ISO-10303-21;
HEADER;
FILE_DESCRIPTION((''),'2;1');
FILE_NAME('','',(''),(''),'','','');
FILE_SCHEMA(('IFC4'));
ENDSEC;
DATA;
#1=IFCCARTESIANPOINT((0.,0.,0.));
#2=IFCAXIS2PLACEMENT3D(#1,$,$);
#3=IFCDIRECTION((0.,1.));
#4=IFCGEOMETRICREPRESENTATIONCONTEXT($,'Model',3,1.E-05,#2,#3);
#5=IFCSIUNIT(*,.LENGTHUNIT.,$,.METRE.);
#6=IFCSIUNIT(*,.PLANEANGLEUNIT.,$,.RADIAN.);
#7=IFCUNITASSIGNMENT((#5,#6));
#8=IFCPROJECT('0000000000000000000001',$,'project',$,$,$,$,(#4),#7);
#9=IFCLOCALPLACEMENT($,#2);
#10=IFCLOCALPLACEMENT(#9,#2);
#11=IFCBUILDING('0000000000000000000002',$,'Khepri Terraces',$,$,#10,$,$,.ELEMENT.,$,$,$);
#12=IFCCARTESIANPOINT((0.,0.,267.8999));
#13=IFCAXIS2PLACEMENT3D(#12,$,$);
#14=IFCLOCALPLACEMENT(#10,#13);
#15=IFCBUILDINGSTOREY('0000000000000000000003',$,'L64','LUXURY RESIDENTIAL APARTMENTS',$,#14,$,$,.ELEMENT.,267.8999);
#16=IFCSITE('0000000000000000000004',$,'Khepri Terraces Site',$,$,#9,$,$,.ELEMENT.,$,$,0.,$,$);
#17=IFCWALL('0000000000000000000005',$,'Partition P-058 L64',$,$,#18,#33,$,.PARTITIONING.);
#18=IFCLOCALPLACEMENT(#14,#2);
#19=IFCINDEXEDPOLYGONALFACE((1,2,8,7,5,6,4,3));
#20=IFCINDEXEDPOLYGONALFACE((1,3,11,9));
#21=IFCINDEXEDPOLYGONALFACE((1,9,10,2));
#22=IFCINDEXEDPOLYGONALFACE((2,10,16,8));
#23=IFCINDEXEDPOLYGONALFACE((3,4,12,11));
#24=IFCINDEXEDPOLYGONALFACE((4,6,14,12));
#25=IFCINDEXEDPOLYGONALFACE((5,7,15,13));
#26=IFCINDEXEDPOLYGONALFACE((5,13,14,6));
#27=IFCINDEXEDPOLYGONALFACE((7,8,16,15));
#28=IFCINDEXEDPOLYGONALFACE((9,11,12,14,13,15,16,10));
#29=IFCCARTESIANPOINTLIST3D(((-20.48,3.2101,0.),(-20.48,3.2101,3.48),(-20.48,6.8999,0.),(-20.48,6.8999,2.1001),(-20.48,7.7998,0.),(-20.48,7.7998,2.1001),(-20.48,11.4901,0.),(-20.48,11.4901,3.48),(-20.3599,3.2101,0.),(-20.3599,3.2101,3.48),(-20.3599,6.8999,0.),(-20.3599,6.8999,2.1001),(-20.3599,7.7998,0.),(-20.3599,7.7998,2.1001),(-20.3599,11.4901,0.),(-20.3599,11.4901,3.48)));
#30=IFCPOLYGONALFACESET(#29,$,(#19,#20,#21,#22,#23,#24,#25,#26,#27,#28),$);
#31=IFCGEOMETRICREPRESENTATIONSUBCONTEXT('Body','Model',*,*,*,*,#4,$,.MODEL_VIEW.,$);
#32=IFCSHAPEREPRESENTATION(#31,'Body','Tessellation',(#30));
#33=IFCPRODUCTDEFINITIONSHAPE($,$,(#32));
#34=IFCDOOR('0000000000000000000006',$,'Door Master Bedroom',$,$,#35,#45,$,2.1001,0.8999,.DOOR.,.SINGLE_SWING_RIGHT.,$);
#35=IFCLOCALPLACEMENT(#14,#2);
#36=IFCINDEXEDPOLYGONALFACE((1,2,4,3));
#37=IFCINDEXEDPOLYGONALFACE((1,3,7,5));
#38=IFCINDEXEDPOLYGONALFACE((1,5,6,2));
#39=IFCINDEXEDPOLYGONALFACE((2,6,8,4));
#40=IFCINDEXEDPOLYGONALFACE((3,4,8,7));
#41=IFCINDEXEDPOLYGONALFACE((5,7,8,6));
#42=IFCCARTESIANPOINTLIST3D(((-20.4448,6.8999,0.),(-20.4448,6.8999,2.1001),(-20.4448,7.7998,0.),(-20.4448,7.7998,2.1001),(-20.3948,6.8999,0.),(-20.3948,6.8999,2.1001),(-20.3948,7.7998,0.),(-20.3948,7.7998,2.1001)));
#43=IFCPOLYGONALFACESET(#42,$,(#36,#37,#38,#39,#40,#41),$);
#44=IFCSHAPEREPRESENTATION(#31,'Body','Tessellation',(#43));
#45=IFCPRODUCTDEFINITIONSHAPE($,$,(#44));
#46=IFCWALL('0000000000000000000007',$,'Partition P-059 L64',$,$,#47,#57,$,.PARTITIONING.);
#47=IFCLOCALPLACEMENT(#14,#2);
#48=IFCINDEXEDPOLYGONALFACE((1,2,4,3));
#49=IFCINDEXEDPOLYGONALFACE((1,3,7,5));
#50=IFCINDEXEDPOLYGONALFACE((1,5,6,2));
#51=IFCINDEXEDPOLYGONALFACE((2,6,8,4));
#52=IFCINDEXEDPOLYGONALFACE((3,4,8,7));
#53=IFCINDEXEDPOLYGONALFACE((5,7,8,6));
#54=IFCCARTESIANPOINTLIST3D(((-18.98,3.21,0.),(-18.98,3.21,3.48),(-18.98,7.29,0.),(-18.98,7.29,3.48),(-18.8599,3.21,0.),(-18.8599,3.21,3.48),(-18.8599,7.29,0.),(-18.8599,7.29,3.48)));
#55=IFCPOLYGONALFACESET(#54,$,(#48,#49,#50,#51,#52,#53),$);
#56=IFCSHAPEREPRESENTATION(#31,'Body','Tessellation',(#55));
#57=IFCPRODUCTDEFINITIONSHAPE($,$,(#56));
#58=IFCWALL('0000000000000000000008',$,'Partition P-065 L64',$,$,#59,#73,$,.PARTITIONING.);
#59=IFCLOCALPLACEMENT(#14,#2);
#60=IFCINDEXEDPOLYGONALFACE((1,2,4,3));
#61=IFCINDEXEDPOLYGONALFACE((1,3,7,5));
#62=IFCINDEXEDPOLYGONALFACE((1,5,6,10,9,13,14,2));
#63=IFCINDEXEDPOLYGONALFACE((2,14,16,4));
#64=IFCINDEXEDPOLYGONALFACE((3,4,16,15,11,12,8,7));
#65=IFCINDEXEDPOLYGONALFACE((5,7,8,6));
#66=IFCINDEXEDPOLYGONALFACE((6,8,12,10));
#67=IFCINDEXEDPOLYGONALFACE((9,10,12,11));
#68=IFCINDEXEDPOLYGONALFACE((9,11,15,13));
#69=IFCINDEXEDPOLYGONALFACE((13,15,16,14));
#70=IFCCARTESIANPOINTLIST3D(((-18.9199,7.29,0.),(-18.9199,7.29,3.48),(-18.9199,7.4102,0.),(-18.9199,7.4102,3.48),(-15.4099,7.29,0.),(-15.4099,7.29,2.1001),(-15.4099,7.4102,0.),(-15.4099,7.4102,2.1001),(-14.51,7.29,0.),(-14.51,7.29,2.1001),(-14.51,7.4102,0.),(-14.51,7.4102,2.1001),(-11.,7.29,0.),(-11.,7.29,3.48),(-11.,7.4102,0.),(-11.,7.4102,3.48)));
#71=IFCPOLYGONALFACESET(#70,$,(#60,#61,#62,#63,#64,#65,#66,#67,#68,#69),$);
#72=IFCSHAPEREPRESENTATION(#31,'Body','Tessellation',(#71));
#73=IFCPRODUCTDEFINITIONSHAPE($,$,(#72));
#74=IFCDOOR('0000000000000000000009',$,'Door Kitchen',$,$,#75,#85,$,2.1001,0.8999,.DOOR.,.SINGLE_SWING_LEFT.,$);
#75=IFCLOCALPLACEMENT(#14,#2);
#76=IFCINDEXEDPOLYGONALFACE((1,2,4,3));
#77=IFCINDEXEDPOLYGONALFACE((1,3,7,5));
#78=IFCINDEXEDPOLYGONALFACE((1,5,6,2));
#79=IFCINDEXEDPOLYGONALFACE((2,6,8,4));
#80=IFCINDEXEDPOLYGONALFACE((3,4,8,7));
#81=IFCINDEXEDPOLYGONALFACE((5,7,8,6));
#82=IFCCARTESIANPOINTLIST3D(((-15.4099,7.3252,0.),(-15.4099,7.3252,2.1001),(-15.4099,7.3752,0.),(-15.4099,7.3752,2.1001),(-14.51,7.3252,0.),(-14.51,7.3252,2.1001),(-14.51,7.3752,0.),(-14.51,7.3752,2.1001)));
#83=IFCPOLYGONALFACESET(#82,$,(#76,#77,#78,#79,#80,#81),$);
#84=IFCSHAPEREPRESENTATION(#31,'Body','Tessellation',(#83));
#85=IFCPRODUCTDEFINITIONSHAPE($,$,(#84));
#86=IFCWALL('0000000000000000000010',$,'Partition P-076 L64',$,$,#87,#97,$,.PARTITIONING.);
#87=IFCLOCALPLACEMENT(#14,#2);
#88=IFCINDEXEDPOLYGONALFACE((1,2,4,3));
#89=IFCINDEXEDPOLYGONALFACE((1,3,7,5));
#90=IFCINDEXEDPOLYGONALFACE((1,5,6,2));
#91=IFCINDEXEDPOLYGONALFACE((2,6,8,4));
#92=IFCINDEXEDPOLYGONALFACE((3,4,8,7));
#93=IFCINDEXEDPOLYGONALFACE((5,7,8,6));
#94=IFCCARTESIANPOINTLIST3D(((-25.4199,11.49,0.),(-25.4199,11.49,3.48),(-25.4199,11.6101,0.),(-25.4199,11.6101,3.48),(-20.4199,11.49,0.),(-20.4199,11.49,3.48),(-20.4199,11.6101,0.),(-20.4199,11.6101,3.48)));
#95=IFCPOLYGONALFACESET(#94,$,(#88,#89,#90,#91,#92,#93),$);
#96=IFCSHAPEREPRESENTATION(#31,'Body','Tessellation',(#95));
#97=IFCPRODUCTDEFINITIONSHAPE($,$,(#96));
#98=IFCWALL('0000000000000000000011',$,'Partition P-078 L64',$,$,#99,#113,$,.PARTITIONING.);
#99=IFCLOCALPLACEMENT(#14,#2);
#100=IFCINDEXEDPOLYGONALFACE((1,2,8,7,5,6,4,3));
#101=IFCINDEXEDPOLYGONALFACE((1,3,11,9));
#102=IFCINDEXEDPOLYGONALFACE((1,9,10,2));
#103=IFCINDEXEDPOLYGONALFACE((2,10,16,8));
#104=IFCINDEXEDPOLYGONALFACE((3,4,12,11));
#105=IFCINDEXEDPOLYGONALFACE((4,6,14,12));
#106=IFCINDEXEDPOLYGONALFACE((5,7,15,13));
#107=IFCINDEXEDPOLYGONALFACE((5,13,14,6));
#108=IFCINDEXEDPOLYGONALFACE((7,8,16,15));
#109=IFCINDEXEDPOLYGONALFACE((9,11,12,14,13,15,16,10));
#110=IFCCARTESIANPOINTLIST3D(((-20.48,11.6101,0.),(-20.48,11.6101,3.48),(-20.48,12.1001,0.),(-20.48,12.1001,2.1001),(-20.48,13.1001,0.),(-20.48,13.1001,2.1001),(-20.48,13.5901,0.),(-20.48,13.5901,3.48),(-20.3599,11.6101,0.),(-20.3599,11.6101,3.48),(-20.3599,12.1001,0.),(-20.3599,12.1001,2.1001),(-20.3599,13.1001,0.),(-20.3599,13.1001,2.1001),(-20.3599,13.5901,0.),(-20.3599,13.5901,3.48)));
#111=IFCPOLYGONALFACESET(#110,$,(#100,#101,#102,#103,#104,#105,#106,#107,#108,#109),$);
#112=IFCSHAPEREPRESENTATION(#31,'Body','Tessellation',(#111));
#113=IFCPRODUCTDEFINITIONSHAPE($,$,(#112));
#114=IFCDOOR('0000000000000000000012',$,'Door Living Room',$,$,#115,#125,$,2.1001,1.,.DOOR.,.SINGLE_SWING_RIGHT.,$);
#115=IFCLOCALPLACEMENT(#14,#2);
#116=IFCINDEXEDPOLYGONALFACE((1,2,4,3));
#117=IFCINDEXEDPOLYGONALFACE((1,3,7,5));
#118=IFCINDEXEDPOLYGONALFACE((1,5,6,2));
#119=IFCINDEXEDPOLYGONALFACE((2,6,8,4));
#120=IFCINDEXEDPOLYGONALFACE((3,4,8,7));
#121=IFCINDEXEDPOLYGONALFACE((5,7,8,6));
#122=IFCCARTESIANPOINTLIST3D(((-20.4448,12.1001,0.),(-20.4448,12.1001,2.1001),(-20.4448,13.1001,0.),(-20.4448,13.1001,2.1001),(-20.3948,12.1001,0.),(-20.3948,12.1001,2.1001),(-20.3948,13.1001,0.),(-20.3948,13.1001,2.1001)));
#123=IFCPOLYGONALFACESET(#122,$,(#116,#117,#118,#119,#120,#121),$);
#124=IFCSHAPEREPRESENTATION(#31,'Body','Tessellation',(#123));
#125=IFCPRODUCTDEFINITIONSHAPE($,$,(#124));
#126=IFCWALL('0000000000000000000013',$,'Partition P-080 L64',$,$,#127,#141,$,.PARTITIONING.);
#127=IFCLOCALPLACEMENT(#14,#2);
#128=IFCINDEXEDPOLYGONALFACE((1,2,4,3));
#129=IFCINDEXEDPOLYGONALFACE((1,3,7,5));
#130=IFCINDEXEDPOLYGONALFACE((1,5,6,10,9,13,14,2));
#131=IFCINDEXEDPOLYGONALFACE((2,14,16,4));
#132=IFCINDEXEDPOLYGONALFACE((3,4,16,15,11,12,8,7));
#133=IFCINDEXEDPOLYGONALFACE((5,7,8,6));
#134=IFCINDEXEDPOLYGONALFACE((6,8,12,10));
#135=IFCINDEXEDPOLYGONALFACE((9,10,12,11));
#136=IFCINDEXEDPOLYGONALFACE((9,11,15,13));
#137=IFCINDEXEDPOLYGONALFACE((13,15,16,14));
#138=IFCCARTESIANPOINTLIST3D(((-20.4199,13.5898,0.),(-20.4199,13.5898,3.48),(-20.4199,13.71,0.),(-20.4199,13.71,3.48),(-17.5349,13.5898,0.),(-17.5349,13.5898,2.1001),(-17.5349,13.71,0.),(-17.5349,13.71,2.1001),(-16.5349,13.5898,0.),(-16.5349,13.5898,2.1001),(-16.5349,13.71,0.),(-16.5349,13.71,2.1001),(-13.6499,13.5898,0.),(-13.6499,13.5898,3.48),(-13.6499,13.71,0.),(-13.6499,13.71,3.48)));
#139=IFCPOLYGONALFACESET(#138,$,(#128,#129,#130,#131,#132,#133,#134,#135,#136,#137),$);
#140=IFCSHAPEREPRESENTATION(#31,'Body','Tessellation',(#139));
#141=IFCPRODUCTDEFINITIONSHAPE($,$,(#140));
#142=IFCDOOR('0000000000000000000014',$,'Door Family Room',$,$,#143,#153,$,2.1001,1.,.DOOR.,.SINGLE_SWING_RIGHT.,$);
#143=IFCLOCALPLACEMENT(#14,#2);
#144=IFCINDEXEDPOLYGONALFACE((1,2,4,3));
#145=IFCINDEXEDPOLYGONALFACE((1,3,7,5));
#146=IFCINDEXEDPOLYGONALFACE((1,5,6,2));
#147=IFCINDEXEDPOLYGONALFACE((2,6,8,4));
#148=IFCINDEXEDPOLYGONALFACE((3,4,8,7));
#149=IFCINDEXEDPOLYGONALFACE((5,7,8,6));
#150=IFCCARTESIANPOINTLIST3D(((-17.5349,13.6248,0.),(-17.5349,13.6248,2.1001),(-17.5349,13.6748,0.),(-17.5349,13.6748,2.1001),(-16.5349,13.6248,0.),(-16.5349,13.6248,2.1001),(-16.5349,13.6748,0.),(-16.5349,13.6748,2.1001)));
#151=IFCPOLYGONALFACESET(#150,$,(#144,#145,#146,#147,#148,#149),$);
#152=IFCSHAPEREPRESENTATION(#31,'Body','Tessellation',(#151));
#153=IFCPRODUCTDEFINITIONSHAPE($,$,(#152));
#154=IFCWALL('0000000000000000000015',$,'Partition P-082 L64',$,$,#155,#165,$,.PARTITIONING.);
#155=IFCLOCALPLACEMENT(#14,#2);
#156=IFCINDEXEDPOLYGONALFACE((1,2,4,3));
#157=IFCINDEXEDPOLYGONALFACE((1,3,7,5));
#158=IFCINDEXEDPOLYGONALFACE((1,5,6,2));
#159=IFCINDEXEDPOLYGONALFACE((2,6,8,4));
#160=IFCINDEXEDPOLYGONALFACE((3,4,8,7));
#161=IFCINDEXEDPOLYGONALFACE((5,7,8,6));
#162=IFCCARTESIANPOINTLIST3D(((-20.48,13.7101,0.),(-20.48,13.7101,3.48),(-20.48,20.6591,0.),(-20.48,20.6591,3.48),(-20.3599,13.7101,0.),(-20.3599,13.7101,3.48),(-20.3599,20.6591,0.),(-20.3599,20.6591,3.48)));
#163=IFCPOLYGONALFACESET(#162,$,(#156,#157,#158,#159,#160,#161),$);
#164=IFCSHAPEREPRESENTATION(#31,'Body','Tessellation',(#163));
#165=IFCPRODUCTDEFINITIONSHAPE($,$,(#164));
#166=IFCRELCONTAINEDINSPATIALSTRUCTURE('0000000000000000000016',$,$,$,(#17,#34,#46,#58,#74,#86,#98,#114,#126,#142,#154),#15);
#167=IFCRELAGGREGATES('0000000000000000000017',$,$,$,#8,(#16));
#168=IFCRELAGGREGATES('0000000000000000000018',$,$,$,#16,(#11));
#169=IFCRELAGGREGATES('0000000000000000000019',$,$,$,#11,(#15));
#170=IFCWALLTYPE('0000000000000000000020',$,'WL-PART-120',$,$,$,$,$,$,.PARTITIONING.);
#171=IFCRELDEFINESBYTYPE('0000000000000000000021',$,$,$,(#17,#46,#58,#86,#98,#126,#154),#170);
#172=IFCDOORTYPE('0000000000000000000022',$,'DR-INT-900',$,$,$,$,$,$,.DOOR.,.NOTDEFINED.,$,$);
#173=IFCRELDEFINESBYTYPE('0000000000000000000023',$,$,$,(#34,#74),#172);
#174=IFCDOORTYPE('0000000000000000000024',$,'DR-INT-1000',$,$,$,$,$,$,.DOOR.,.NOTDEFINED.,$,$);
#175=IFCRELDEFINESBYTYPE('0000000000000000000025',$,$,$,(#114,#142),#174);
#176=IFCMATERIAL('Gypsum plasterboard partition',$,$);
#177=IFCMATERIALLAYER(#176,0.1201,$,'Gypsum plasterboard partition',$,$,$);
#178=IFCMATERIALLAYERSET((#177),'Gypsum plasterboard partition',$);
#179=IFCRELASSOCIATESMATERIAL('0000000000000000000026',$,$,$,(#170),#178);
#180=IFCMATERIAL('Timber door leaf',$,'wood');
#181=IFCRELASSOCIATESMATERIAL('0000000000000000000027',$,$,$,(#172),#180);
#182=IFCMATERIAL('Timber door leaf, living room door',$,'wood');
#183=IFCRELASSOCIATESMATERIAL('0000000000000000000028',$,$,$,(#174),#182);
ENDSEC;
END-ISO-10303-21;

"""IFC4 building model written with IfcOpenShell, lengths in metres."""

from ifc_helpers import new_model, si_unit, direction, frame, frame_2d, origin, place, context, subcontext, project, spatial, rectangle, extrude, material, layer, layer_set, type_object, element, fill, save


model = new_model("IFC4")

# Units and contexts
model_context = context("Model", 3, precision=1e-05, world=origin(), true_north=direction((0.0, 1.0)))
body_context = subcontext(model_context, "Body", "Model", "MODEL_VIEW")
ifc_project = project(units=[si_unit("LENGTHUNIT", "METRE"), si_unit("PLANEANGLEUNIT", "RADIAN")], contexts=[model_context])

# Site, building, storey
site_placement = place(None, origin())
site = spatial("IfcSite", under=ifc_project, at=site_placement, Name="Khepri Terraces Site", CompositionType="ELEMENT", RefElevation=0.0)
building_placement = place(site_placement, origin())
building = spatial("IfcBuilding", under=site, at=building_placement, Name="Khepri Terraces", CompositionType="ELEMENT")
storey_placement = place(building_placement, frame((0.0, 0.0, 267.8999)))
storey = spatial("IfcBuildingStorey", under=building, at=storey_placement, Name="L64", Description="LUXURY RESIDENTIAL APARTMENTS", CompositionType="ELEMENT", Elevation=267.8999)

# Shared definitions
ifc_material_1 = material(Name="Gypsum plasterboard partition")
ifc_layer_1 = layer(ifc_material_1, 0.1201, Name="Gypsum plasterboard partition")
ifc_layer_set_1 = layer_set([ifc_layer_1], Name="Gypsum plasterboard partition")
wall_type_1 = type_object("IfcWallType", Name="WL-PART-120", PredefinedType="PARTITIONING", material=ifc_layer_set_1)

# Shared definitions
ifc_material_2 = material(Name="Timber door leaf", Category="wood")
door_type_1 = type_object("IfcDoorType", Name="DR-INT-900", OperationType="NOTDEFINED", PredefinedType="DOOR", material=ifc_material_2)

# Wall, opening, door
wall_1_placement = place(storey_placement, frame((-20.4199, 3.21, 0.0), z_axis=(0.0, 0.0, 1.0), x_axis=(0.0, 1.0, 0.0)))
wall_1 = element("IfcWall", 1, at=wall_1_placement, inside=storey, type_object=wall_type_1, Name="Partition P-058 L64", PredefinedType="PARTITIONING", context=body_context, shape_type="SweptSolid", body=[
    extrude(rectangle(XDim=8.28, YDim=0.1201, at=frame_2d((4.1401, 0.0))), origin(), (0.0, 0.0, 1.0), 3.48),
])
opening_1_placement = place(wall_1_placement, frame((3.6899, 0.0, 0.0)))
opening_1 = element("IfcOpeningElement", 2, at=opening_1_placement, cuts=wall_1, PredefinedType="OPENING", context=body_context, shape_type="SweptSolid", body=[
    extrude(rectangle(XDim=0.8999, YDim=2.1001, at=frame_2d((0.45, 1.05))), frame((0.0, 0.0701, 0.0), z_axis=(0.0, -1.0, 0.0), x_axis=(1.0, 0.0, 0.0)), (0.0, 0.0, 1.0), 0.1401),
])
door_1_placement = place(opening_1_placement, origin())
door_1 = element("IfcDoor", 3, at=door_1_placement, inside=storey, type_object=door_type_1, Name="Door Master Bedroom", OperationType="SINGLE_SWING_RIGHT", OverallHeight=2.1001, OverallWidth=0.8999, PredefinedType="DOOR", context=body_context, shape_type="SweptSolid", body=[
    extrude(rectangle(XDim=0.8999, YDim=2.1001, at=frame_2d((0.45, 1.05))), frame((0.0, 0.0249, 0.0), z_axis=(0.0, -1.0, 0.0), x_axis=(1.0, 0.0, 0.0)), (0.0, 0.0, 1.0), 0.05),
])
fill(opening_1, door_1)

# Wall
wall_2_placement = place(storey_placement, frame((-18.9199, 3.21, 0.0), z_axis=(0.0, 0.0, 1.0), x_axis=(0.0, 1.0, 0.0)))
element("IfcWall", 4, at=wall_2_placement, inside=storey, type_object=wall_type_1, Name="Partition P-059 L64", PredefinedType="PARTITIONING", context=body_context, shape_type="SweptSolid", body=[
    extrude(rectangle(XDim=4.0801, YDim=0.1201, at=frame_2d((2.04, 0.0))), origin(), (0.0, 0.0, 1.0), 3.48),
])

# Wall, opening, door
wall_3_placement = place(storey_placement, frame((-18.9199, 7.3501, 0.0), z_axis=(0.0, 0.0, 1.0), x_axis=(1.0, 0.0, 0.0)))
wall_3 = element("IfcWall", 5, at=wall_3_placement, inside=storey, type_object=wall_type_1, Name="Partition P-065 L64", PredefinedType="PARTITIONING", context=body_context, shape_type="SweptSolid", body=[
    extrude(rectangle(XDim=7.9199, YDim=0.1201, at=frame_2d((3.96, 0.0))), origin(), (0.0, 0.0, 1.0), 3.48),
])
opening_2_placement = place(wall_3_placement, frame((3.51, 0.0, 0.0)))
opening_2 = element("IfcOpeningElement", 6, at=opening_2_placement, cuts=wall_3, PredefinedType="OPENING", context=body_context, shape_type="SweptSolid", body=[
    extrude(rectangle(XDim=0.8999, YDim=2.1001, at=frame_2d((0.45, 1.05))), frame((0.0, 0.0701, 0.0), z_axis=(0.0, -1.0, 0.0), x_axis=(1.0, 0.0, 0.0)), (0.0, 0.0, 1.0), 0.1401),
])
door_2_placement = place(opening_2_placement, frame((0.8999, 0.0, 0.0), z_axis=(0.0, 0.0, 1.0), x_axis=(-1.0, 0.0, 0.0)))
door_2 = element("IfcDoor", 7, at=door_2_placement, inside=storey, type_object=door_type_1, Name="Door Kitchen", OperationType="SINGLE_SWING_LEFT", OverallHeight=2.1001, OverallWidth=0.8999, PredefinedType="DOOR", context=body_context, shape_type="SweptSolid", body=[
    extrude(rectangle(XDim=0.8999, YDim=2.1001, at=frame_2d((0.45, 1.05))), frame((0.0, 0.0249, 0.0), z_axis=(0.0, -1.0, 0.0), x_axis=(1.0, 0.0, 0.0)), (0.0, 0.0, 1.0), 0.05),
])
fill(opening_2, door_2)

# Wall
wall_4_placement = place(storey_placement, frame((-25.4199, 11.55, 0.0), z_axis=(0.0, 0.0, 1.0), x_axis=(1.0, 0.0, 0.0)))
element("IfcWall", 8, at=wall_4_placement, inside=storey, type_object=wall_type_1, Name="Partition P-076 L64", PredefinedType="PARTITIONING", context=body_context, shape_type="SweptSolid", body=[
    extrude(rectangle(XDim=5.0, YDim=0.1201, at=frame_2d((2.5, 0.0))), origin(), (0.0, 0.0, 1.0), 3.48),
])

# Walls, openings, doors
wall_5_placement = place(storey_placement, frame((-20.4199, 11.6101, 0.0), z_axis=(0.0, 0.0, 1.0), x_axis=(0.0, 1.0, 0.0)))
wall_5 = element("IfcWall", 9, at=wall_5_placement, inside=storey, type_object=wall_type_1, Name="Partition P-078 L64", PredefinedType="PARTITIONING", context=body_context, shape_type="SweptSolid", body=[
    extrude(rectangle(XDim=1.98, YDim=0.1201, at=frame_2d((0.99, 0.0))), origin(), (0.0, 0.0, 1.0), 3.48),
])
opening_3_placement = place(wall_5_placement, frame((0.49, 0.0, 0.0)))
opening_3 = element("IfcOpeningElement", 10, at=opening_3_placement, cuts=wall_5, PredefinedType="OPENING", context=body_context, shape_type="SweptSolid", body=[
    extrude(rectangle(XDim=1.0, YDim=2.1001, at=frame_2d((0.5, 1.05))), frame((0.0, 0.0701, 0.0), z_axis=(0.0, -1.0, 0.0), x_axis=(1.0, 0.0, 0.0)), (0.0, 0.0, 1.0), 0.1401),
])
ifc_material_3 = material(Name="Timber door leaf, living room door", Category="wood")
door_type_2 = type_object("IfcDoorType", Name="DR-INT-1000", OperationType="NOTDEFINED", PredefinedType="DOOR", material=ifc_material_3)
door_3_placement = place(opening_3_placement, origin())
door_3 = element("IfcDoor", 11, at=door_3_placement, inside=storey, type_object=door_type_2, Name="Door Living Room", OperationType="SINGLE_SWING_RIGHT", OverallHeight=2.1001, OverallWidth=1.0, PredefinedType="DOOR", context=body_context, shape_type="SweptSolid", body=[
    extrude(rectangle(XDim=1.0, YDim=2.1001, at=frame_2d((0.5, 1.05))), frame((0.0, 0.0249, 0.0), z_axis=(0.0, -1.0, 0.0), x_axis=(1.0, 0.0, 0.0)), (0.0, 0.0, 1.0), 0.05),
])
fill(opening_3, door_3)
wall_6_placement = place(storey_placement, frame((-20.4199, 13.6499, 0.0), z_axis=(0.0, 0.0, 1.0), x_axis=(1.0, 0.0, 0.0)))
wall_6 = element("IfcWall", 12, at=wall_6_placement, inside=storey, type_object=wall_type_1, Name="Partition P-080 L64", PredefinedType="PARTITIONING", context=body_context, shape_type="SweptSolid", body=[
    extrude(rectangle(XDim=6.77, YDim=0.1201, at=frame_2d((3.385, 0.0))), origin(), (0.0, 0.0, 1.0), 3.48),
])
opening_4_placement = place(wall_6_placement, frame((2.885, 0.0, 0.0)))
opening_4 = element("IfcOpeningElement", 13, at=opening_4_placement, cuts=wall_6, PredefinedType="OPENING", context=body_context, shape_type="SweptSolid", body=[
    extrude(rectangle(XDim=1.0, YDim=2.1001, at=frame_2d((0.5, 1.05))), frame((0.0, 0.0701, 0.0), z_axis=(0.0, -1.0, 0.0), x_axis=(1.0, 0.0, 0.0)), (0.0, 0.0, 1.0), 0.1401),
])
door_4_placement = place(opening_4_placement, origin())
door_4 = element("IfcDoor", 14, at=door_4_placement, inside=storey, type_object=door_type_2, Name="Door Family Room", OperationType="SINGLE_SWING_RIGHT", OverallHeight=2.1001, OverallWidth=1.0, PredefinedType="DOOR", context=body_context, shape_type="SweptSolid", body=[
    extrude(rectangle(XDim=1.0, YDim=2.1001, at=frame_2d((0.5, 1.05))), frame((0.0, 0.0249, 0.0), z_axis=(0.0, -1.0, 0.0), x_axis=(1.0, 0.0, 0.0)), (0.0, 0.0, 1.0), 0.05),
])
fill(opening_4, door_4)

# Wall
wall_7_placement = place(storey_placement, frame((-20.4199, 13.71, 0.0), z_axis=(0.0, 0.0, 1.0), x_axis=(0.0, 1.0, 0.0)))
element("IfcWall", 15, at=wall_7_placement, inside=storey, type_object=wall_type_1, Name="Partition P-082 L64", PredefinedType="PARTITIONING", context=body_context, shape_type="SweptSolid", body=[
    extrude(rectangle(XDim=6.949, YDim=0.1201, at=frame_2d((3.4746, 0.0))), origin(), (0.0, 0.0, 1.0), 3.48),
])

save(model, "model.ifc")
